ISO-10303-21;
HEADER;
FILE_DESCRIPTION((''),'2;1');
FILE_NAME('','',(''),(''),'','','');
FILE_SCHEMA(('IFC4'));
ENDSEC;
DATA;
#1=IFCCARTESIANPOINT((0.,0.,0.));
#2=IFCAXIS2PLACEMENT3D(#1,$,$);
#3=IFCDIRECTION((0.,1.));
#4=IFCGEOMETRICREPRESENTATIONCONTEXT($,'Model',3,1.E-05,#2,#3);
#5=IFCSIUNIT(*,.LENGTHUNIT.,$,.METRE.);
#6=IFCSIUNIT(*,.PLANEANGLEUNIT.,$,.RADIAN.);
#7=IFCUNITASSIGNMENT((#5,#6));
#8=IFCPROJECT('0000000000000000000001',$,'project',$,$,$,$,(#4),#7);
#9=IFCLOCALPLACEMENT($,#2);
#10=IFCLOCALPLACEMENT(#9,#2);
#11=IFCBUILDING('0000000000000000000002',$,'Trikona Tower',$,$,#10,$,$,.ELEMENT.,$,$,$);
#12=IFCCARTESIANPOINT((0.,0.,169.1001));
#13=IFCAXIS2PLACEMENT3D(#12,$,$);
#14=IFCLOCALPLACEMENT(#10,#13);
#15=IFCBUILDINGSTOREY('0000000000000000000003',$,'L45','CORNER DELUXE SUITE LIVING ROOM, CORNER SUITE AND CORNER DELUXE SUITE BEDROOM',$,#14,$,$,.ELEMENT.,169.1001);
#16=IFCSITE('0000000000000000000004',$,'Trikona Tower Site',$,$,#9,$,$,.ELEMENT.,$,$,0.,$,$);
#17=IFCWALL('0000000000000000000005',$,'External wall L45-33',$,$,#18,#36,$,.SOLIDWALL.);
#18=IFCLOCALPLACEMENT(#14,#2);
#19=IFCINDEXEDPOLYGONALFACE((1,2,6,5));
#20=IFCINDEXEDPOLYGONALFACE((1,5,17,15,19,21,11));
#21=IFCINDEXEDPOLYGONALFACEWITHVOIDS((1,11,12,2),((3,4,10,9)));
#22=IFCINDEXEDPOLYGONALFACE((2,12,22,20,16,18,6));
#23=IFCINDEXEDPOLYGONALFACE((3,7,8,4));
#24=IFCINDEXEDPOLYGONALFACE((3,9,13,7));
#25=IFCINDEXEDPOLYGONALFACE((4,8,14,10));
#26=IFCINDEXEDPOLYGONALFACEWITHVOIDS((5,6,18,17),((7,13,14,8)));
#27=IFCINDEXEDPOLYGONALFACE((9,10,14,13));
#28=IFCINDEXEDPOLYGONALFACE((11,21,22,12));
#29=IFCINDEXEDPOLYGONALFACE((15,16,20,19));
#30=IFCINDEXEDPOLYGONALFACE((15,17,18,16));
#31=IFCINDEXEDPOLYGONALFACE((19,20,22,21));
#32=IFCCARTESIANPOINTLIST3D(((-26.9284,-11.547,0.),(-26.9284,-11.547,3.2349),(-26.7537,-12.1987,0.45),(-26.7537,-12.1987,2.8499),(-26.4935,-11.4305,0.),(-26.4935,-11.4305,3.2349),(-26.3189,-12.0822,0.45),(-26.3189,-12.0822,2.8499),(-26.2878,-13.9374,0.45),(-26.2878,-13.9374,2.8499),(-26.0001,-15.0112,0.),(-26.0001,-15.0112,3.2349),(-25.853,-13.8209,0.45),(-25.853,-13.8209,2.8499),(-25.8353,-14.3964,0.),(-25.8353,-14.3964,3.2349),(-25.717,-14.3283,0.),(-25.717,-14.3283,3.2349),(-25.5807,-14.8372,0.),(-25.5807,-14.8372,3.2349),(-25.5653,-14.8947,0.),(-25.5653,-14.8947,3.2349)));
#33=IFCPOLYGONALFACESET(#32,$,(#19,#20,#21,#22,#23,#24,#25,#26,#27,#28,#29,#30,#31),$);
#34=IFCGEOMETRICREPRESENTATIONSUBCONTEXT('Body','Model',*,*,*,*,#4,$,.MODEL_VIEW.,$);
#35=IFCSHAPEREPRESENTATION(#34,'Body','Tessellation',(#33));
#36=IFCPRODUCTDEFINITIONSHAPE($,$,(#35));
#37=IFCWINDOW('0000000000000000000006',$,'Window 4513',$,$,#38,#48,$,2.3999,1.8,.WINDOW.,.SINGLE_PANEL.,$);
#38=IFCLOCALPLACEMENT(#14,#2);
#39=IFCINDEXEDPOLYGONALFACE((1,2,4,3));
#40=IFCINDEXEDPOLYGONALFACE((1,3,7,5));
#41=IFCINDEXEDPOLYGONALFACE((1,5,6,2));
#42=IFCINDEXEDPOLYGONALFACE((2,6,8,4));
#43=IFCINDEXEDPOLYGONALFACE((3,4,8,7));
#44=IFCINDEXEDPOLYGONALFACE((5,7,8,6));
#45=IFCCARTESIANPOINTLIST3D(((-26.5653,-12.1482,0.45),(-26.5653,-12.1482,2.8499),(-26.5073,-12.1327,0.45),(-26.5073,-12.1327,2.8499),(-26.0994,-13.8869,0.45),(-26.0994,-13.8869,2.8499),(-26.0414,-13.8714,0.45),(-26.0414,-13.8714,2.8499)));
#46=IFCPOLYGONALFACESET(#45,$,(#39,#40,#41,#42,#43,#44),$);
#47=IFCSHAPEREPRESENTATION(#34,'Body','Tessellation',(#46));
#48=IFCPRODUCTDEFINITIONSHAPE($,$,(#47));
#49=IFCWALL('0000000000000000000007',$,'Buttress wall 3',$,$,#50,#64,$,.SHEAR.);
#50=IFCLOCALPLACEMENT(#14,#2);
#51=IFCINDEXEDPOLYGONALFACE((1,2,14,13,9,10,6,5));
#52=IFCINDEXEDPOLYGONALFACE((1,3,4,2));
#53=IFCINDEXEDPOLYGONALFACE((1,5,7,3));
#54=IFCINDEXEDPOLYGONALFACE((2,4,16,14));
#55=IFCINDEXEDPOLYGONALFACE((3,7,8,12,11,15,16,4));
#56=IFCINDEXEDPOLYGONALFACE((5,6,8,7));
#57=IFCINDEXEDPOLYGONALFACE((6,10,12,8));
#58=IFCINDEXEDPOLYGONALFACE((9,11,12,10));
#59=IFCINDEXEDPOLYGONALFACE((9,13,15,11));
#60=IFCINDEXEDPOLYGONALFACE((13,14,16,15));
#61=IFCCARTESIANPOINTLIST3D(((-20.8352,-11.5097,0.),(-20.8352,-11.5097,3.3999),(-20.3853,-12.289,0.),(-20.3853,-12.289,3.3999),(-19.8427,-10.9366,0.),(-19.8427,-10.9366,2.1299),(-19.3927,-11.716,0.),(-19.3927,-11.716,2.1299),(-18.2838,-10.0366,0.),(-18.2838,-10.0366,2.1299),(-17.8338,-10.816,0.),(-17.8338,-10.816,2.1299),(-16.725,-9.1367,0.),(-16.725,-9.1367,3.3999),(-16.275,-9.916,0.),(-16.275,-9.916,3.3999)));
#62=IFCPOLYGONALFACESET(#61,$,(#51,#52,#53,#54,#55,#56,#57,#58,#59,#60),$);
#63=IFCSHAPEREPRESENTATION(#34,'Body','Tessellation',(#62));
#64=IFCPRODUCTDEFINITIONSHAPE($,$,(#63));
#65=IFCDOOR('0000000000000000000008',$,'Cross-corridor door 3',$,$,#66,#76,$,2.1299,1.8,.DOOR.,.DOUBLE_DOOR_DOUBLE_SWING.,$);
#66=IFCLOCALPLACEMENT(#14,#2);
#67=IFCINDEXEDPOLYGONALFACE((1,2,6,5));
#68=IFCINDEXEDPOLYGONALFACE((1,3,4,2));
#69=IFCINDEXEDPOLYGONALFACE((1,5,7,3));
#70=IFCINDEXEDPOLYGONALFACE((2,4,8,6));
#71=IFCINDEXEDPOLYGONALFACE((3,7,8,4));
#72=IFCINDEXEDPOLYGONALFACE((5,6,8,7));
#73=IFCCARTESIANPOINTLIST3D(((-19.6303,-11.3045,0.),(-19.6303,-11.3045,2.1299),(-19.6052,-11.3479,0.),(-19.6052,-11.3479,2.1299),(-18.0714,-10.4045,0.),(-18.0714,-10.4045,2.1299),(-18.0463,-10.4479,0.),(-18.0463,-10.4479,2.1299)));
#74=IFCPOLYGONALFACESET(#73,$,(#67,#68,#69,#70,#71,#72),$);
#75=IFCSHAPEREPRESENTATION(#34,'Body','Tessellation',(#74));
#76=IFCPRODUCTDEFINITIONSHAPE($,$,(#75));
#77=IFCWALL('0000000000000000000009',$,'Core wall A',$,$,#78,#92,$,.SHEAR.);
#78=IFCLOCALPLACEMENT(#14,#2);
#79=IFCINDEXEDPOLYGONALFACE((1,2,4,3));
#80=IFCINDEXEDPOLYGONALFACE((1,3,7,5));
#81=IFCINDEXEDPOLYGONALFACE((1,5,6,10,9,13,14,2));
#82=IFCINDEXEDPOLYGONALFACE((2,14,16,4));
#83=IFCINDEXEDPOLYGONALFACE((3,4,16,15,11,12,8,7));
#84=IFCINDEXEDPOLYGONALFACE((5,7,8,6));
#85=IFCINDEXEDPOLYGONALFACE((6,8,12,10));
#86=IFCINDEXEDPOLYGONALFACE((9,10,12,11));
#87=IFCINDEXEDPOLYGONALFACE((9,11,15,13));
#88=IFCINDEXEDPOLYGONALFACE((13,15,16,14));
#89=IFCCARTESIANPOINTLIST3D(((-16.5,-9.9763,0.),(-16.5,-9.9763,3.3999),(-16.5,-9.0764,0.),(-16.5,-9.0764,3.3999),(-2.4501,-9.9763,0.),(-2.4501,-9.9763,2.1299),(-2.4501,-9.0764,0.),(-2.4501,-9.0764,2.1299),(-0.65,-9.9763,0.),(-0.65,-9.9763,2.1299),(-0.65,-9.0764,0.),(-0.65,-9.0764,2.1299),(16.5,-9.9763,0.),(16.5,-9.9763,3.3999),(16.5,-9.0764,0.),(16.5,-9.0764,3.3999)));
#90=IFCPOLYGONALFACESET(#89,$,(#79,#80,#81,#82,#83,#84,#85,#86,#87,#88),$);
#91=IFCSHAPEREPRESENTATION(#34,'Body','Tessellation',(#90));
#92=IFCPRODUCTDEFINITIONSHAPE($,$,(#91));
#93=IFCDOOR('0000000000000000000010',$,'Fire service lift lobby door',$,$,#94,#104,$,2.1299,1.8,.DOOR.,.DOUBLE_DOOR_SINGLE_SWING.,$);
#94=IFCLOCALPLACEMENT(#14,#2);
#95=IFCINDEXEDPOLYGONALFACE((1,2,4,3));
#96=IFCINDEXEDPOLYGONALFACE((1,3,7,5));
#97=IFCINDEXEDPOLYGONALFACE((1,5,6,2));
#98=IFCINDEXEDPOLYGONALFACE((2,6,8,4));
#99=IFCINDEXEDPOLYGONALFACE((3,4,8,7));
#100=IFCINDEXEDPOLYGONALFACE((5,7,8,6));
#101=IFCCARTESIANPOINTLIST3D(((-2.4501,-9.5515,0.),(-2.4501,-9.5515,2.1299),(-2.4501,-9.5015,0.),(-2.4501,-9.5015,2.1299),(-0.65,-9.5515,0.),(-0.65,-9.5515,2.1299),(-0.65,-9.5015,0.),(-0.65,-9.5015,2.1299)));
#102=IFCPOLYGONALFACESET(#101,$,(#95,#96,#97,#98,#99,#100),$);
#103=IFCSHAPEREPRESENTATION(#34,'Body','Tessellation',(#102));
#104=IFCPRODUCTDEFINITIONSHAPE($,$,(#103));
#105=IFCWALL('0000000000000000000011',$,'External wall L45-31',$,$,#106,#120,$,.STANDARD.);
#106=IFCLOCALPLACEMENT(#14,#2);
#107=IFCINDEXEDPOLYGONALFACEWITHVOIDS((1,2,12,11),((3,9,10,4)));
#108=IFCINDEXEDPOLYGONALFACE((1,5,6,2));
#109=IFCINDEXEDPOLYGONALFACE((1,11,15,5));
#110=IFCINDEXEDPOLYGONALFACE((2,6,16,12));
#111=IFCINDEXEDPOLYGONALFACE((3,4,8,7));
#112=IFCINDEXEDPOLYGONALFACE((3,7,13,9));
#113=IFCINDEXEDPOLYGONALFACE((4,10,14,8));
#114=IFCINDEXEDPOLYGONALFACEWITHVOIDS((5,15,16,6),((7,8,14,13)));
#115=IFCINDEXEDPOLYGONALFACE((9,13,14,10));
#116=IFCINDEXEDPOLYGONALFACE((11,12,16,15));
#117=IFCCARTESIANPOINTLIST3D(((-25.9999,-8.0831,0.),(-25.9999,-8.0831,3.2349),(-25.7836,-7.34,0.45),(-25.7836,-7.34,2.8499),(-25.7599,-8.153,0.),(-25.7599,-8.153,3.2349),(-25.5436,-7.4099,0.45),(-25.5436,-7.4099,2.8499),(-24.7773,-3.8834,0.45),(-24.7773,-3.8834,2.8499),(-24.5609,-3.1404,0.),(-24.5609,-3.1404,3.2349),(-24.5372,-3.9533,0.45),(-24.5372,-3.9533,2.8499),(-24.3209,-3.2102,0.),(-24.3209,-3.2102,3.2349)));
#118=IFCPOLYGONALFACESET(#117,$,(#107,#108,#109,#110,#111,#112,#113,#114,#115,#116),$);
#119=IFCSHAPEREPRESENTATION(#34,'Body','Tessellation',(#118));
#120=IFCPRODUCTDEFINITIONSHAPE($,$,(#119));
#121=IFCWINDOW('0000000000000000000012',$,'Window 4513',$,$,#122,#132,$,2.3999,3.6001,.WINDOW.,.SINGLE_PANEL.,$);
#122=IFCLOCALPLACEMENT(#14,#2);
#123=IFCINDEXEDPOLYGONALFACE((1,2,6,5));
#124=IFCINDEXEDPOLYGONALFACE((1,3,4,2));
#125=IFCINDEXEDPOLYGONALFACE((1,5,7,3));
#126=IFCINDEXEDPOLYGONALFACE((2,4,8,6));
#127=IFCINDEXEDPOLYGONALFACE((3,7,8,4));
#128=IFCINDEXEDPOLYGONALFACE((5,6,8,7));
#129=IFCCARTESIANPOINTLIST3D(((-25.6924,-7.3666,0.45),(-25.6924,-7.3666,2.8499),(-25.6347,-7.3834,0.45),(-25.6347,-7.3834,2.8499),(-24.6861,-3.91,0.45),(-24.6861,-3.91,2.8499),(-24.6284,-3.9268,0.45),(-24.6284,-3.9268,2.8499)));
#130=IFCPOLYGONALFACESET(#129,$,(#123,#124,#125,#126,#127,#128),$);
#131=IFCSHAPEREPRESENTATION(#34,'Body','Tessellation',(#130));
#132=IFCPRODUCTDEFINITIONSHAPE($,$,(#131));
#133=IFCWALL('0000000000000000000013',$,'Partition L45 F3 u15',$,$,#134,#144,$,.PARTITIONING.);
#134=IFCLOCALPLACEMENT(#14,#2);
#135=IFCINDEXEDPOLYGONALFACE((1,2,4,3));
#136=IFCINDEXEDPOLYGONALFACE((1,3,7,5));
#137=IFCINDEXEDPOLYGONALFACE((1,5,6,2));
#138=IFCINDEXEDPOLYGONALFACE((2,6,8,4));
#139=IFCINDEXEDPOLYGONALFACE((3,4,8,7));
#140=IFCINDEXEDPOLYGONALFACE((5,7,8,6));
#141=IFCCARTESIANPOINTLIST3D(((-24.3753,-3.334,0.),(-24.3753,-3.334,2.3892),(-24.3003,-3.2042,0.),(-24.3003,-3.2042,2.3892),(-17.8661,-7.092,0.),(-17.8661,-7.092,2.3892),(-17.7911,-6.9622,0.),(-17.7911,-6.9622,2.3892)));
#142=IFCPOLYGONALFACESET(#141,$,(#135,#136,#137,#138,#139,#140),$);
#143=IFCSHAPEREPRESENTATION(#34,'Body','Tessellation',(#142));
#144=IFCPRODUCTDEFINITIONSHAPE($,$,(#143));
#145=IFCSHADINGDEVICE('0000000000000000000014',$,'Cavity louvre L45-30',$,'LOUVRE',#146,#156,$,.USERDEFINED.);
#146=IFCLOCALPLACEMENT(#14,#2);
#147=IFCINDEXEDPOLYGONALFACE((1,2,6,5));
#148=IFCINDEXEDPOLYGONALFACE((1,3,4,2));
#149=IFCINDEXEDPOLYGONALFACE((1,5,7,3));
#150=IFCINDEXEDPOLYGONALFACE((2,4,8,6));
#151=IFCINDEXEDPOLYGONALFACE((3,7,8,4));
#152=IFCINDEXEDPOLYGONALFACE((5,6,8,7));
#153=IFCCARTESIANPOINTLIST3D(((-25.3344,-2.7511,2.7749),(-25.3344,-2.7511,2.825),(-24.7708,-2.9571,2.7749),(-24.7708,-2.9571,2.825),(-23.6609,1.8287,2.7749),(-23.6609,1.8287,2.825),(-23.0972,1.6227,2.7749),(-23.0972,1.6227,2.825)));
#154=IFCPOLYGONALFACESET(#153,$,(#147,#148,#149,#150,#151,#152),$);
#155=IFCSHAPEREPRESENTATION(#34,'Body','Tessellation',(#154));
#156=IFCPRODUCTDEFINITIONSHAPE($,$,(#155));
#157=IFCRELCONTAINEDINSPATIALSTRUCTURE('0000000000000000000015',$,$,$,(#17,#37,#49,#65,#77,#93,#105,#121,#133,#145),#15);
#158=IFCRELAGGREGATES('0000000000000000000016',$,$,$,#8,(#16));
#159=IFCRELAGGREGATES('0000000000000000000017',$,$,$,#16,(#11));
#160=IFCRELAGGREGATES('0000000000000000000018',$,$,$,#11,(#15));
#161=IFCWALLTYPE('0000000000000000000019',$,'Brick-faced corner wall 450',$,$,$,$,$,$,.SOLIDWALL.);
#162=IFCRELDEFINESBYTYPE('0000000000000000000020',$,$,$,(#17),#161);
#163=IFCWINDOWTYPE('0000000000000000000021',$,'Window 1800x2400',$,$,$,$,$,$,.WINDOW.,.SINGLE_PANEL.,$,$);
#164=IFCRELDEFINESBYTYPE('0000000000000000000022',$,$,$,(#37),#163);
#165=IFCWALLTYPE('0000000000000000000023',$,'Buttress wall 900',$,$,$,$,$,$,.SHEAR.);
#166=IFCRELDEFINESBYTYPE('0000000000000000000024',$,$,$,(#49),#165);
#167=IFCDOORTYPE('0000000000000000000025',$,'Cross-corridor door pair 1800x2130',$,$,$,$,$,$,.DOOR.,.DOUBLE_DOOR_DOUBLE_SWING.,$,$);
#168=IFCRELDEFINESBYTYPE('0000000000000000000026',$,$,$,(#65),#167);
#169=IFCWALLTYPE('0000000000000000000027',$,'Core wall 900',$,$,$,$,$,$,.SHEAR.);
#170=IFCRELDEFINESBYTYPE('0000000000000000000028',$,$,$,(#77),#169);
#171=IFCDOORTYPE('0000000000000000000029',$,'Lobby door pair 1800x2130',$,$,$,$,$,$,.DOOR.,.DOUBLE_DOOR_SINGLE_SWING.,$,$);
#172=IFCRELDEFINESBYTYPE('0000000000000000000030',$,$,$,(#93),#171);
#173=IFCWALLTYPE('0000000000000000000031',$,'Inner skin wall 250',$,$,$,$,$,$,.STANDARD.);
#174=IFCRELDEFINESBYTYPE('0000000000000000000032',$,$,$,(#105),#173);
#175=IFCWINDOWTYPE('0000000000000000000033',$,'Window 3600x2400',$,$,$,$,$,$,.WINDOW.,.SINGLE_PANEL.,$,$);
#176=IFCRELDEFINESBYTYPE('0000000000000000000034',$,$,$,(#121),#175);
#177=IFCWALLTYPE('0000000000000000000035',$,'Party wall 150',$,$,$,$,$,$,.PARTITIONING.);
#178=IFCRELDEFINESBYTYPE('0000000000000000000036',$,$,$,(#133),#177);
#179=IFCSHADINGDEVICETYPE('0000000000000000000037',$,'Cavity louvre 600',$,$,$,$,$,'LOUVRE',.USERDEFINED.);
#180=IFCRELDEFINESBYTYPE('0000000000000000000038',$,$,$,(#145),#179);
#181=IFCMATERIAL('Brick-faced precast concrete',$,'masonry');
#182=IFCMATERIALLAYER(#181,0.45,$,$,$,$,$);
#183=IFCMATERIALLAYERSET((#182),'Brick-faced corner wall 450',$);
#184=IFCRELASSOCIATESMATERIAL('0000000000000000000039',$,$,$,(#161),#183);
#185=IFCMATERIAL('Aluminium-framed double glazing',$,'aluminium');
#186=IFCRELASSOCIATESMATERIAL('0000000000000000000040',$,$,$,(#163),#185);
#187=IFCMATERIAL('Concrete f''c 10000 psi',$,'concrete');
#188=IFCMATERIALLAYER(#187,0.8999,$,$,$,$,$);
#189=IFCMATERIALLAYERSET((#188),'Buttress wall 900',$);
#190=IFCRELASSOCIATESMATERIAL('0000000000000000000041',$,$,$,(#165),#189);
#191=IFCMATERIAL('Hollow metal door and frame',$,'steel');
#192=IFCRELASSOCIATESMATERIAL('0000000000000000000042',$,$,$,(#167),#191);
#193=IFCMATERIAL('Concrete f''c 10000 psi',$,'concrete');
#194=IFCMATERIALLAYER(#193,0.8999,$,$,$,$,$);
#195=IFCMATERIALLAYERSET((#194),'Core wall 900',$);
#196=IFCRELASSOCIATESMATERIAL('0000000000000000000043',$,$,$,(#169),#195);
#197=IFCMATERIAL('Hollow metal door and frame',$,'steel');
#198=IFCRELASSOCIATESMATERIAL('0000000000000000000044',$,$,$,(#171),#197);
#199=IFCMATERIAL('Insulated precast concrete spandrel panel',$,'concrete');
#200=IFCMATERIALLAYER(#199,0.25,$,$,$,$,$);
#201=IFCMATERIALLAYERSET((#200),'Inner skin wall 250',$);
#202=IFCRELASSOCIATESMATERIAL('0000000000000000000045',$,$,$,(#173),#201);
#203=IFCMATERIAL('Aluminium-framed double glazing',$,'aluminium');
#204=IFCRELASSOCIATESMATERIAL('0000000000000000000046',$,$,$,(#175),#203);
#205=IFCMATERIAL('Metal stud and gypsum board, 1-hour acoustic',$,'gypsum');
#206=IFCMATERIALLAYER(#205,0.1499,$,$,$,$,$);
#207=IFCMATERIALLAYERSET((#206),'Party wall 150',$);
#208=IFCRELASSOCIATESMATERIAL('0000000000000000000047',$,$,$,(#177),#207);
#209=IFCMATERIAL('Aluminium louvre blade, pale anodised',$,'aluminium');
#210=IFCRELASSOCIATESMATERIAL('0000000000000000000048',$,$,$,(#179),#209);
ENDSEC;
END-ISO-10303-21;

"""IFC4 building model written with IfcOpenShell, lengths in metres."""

from ifc_helpers import new_model, si_unit, direction, frame, frame_2d, origin, origin_2d, place, context, subcontext, project, spatial, polyline, rectangle, outline, extrude, material, layer, layer_set, type_object, element, fill, save


model = new_model("IFC4")

# Units and contexts
model_context = context("Model", 3, precision=1e-05, world=origin(), true_north=direction((0.0, 1.0)))
body_context = subcontext(model_context, "Body", "Model", "MODEL_VIEW")
ifc_project = project(units=[si_unit("LENGTHUNIT", "METRE"), si_unit("PLANEANGLEUNIT", "RADIAN")], contexts=[model_context])

# Site, building, storey
site_placement = place(None, origin())
site = spatial("IfcSite", under=ifc_project, at=site_placement, Name="Trikona Tower Site", CompositionType="ELEMENT", RefElevation=0.0)
building_placement = place(site_placement, origin())
building = spatial("IfcBuilding", under=site, at=building_placement, Name="Trikona Tower", CompositionType="ELEMENT")
storey_placement = place(building_placement, frame((0.0, 0.0, 169.1001)))
storey = spatial("IfcBuildingStorey", under=building, at=storey_placement, Name="L45", Description="CORNER DELUXE SUITE LIVING ROOM, CORNER SUITE AND CORNER DELUXE SUITE BEDROOM", CompositionType="ELEMENT", Elevation=169.1001)

# Wall, opening, window
ifc_material_1 = material(Name="Brick-faced precast concrete", Category="masonry")
ifc_layer_1 = layer(ifc_material_1, 0.45)
ifc_layer_set_1 = layer_set([ifc_layer_1], Name="Brick-faced corner wall 450")
wall_type_1 = type_object("IfcWallType", Name="Brick-faced corner wall 450", PredefinedType="SOLIDWALL", material=ifc_layer_set_1)
wall_1_placement = place(storey_placement, frame((-26.7109, -11.4888, 0.0), z_axis=(0.0, 0.0, 1.0), x_axis=(0.258823, -0.965925, 0.0)))
wall_1 = element("IfcWall", 1, at=wall_1_placement, inside=storey, type_object=wall_type_1, Name="External wall L45-33", PredefinedType="SOLIDWALL", context=body_context, shape_type="SweptSolid", body=[
    extrude(outline(polyline([(3.5864, 0.2251), (3.5269, 0.2251), (3.0352, 0.0933), (3.0, 0.2251), (0.0, 0.2251), (0.0, -0.2251), (3.5864, -0.2251), (3.5864, 0.2251)])), origin(), (0.0, 0.0, 1.0), 3.2349),
])
opening_1_placement = place(wall_1_placement, frame((0.6748, 0.0, 0.45)))
opening_1 = element("IfcOpeningElement", 2, at=opening_1_placement, cuts=wall_1, PredefinedType="OPENING", context=body_context, shape_type="SweptSolid", body=[
    extrude(rectangle(XDim=1.8, YDim=2.3999, at=frame_2d((0.8999, 1.2))), frame((0.0, 0.2349, 0.0), z_axis=(0.0, -1.0, 0.0), x_axis=(1.0, 0.0, 0.0)), (0.0, 0.0, 1.0), 0.47),
])
ifc_material_2 = material(Name="Aluminium-framed double glazing", Category="aluminium")
window_type_1 = type_object("IfcWindowType", Name="Window 1800x2400", PartitioningType="SINGLE_PANEL", PredefinedType="WINDOW", material=ifc_material_2)
window_1_placement = place(opening_1_placement, origin())
window_1 = element("IfcWindow", 3, at=window_1_placement, inside=storey, type_object=window_type_1, Name="Window 4513", OverallHeight=2.3999, OverallWidth=1.8, PartitioningType="SINGLE_PANEL", PredefinedType="WINDOW", context=body_context, shape_type="SweptSolid", body=[
    extrude(rectangle(XDim=1.8, YDim=2.3999, at=frame_2d((0.8999, 1.2))), frame((0.0, 0.03, 0.0), z_axis=(0.0, -1.0, 0.0), x_axis=(1.0, 0.0, 0.0)), (0.0, 0.0, 1.0), 0.0601),
])
fill(opening_1, window_1)

# Walls, openings, doors
ifc_material_3 = material(Name="Concrete f'c 10000 psi", Category="concrete")
ifc_layer_2 = layer(ifc_material_3, 0.8999)
ifc_layer_set_2 = layer_set([ifc_layer_2], Name="Buttress wall 900")
wall_type_2 = type_object("IfcWallType", Name="Buttress wall 900", PredefinedType="SHEAR", material=ifc_layer_set_2)
wall_2_placement = place(storey_placement, frame((-16.5, -9.5264, 0.0), z_axis=(0.0, 0.0, 1.0), x_axis=(-0.866031, -0.49999, 0.0)))
wall_2 = element("IfcWall", 4, at=wall_2_placement, inside=storey, type_object=wall_type_2, Name="Buttress wall 3", PredefinedType="SHEAR", context=body_context, shape_type="SweptSolid", body=[
    extrude(rectangle(XDim=4.7461, YDim=0.8999, at=frame_2d((2.373, 0.0))), origin(), (0.0, 0.0, 1.0), 3.3999),
])
opening_2_placement = place(wall_2_placement, frame((1.8, 0.0, 0.0)))
opening_2 = element("IfcOpeningElement", 5, at=opening_2_placement, cuts=wall_2, PredefinedType="OPENING", context=body_context, shape_type="SweptSolid", body=[
    extrude(rectangle(XDim=1.8, YDim=2.1299, at=frame_2d((0.8999, 1.0649))), frame((0.0, 0.46, 0.0), z_axis=(0.0, -1.0, 0.0), x_axis=(1.0, 0.0, 0.0)), (0.0, 0.0, 1.0), 0.9199),
])
ifc_material_4 = material(Name="Hollow metal door and frame", Category="steel")
door_type_1 = type_object("IfcDoorType", Name="Cross-corridor door pair 1800x2130", OperationType="DOUBLE_DOOR_DOUBLE_SWING", PredefinedType="DOOR", material=ifc_material_4)
door_1_placement = place(opening_2_placement, origin())
door_1 = element("IfcDoor", 6, at=door_1_placement, inside=storey, type_object=door_type_1, Name="Cross-corridor door 3", OperationType="DOUBLE_DOOR_DOUBLE_SWING", OverallHeight=2.1299, OverallWidth=1.8, PredefinedType="DOOR", context=body_context, shape_type="SweptSolid", body=[
    extrude(rectangle(XDim=1.8, YDim=2.1299, at=frame_2d((0.8999, 1.0649))), frame((0.0, 0.0249, 0.0), z_axis=(0.0, -1.0, 0.0), x_axis=(1.0, 0.0, 0.0)), (0.0, 0.0, 1.0), 0.05),
])
fill(opening_2, door_1)
ifc_material_5 = material(Name="Concrete f'c 10000 psi", Category="concrete")
ifc_layer_3 = layer(ifc_material_5, 0.8999)
ifc_layer_set_3 = layer_set([ifc_layer_3], Name="Core wall 900")
wall_type_3 = type_object("IfcWallType", Name="Core wall 900", PredefinedType="SHEAR", material=ifc_layer_set_3)
wall_3_placement = place(storey_placement, frame((-16.5, -9.5264, 0.0), z_axis=(0.0, 0.0, 1.0), x_axis=(1.0, 0.0, 0.0)))
wall_3 = element("IfcWall", 7, at=wall_3_placement, inside=storey, type_object=wall_type_3, Name="Core wall A", PredefinedType="SHEAR", context=body_context, shape_type="SweptSolid", body=[
    extrude(rectangle(XDim=33.0, YDim=0.8999, at=frame_2d((16.5, 0.0))), origin(), (0.0, 0.0, 1.0), 3.3999),
])
opening_3_placement = place(wall_3_placement, frame((14.05, 0.0, 0.0)))
opening_3 = element("IfcOpeningElement", 8, at=opening_3_placement, cuts=wall_3, PredefinedType="OPENING", context=body_context, shape_type="SweptSolid", body=[
    extrude(rectangle(XDim=1.8, YDim=2.1299, at=frame_2d((0.8999, 1.0649))), frame((0.0, 0.46, 0.0), z_axis=(0.0, -1.0, 0.0), x_axis=(1.0, 0.0, 0.0)), (0.0, 0.0, 1.0), 0.9199),
])
ifc_material_6 = material(Name="Hollow metal door and frame", Category="steel")
door_type_2 = type_object("IfcDoorType", Name="Lobby door pair 1800x2130", OperationType="DOUBLE_DOOR_SINGLE_SWING", PredefinedType="DOOR", material=ifc_material_6)
door_2_placement = place(opening_3_placement, origin())
door_2 = element("IfcDoor", 9, at=door_2_placement, inside=storey, type_object=door_type_2, Name="Fire service lift lobby door", OperationType="DOUBLE_DOOR_SINGLE_SWING", OverallHeight=2.1299, OverallWidth=1.8, PredefinedType="DOOR", context=body_context, shape_type="SweptSolid", body=[
    extrude(rectangle(XDim=1.8, YDim=2.1299, at=frame_2d((0.8999, 1.0649))), frame((0.0, 0.0249, 0.0), z_axis=(0.0, -1.0, 0.0), x_axis=(1.0, 0.0, 0.0)), (0.0, 0.0, 1.0), 0.05),
])
fill(opening_3, door_2)

# Wall, opening, window
ifc_material_7 = material(Name="Insulated precast concrete spandrel panel", Category="concrete")
ifc_layer_4 = layer(ifc_material_7, 0.25)
ifc_layer_set_4 = layer_set([ifc_layer_4], Name="Inner skin wall 250")
wall_type_4 = type_object("IfcWallType", Name="Inner skin wall 250", PredefinedType="STANDARD", material=ifc_layer_set_4)
wall_4_placement = place(storey_placement, frame((-24.4409, -3.1753, 0.0), z_axis=(0.0, 0.0, 1.0), x_axis=(-0.279528, -0.960137, 0.0)))
wall_4 = element("IfcWall", 10, at=wall_4_placement, inside=storey, type_object=wall_type_4, Name="External wall L45-31", PredefinedType="STANDARD", context=body_context, shape_type="SweptSolid", body=[
    extrude(rectangle(XDim=5.1479, YDim=0.25, at=frame_2d((2.574, 0.0))), origin(), (0.0, 0.0, 1.0), 3.2349),
])
opening_4_placement = place(wall_4_placement, frame((0.7739, 0.0, 0.45)))
opening_4 = element("IfcOpeningElement", 11, at=opening_4_placement, cuts=wall_4, PredefinedType="OPENING", context=body_context, shape_type="SweptSolid", body=[
    extrude(rectangle(XDim=3.6001, YDim=2.3999, at=frame_2d((1.8, 1.2))), frame((0.0, 0.135, 0.0), z_axis=(0.0, -1.0, 0.0), x_axis=(1.0, 0.0, 0.0)), (0.0, 0.0, 1.0), 0.27),
])
ifc_material_8 = material(Name="Aluminium-framed double glazing", Category="aluminium")
window_type_2 = type_object("IfcWindowType", Name="Window 3600x2400", PartitioningType="SINGLE_PANEL", PredefinedType="WINDOW", material=ifc_material_8)
window_2_placement = place(opening_4_placement, origin())
window_2 = element("IfcWindow", 12, at=window_2_placement, inside=storey, type_object=window_type_2, Name="Window 4513", OverallHeight=2.3999, OverallWidth=3.6001, PartitioningType="SINGLE_PANEL", PredefinedType="WINDOW", context=body_context, shape_type="SweptSolid", body=[
    extrude(rectangle(XDim=3.6001, YDim=2.3999, at=frame_2d((1.8, 1.2))), frame((0.0, 0.03, 0.0), z_axis=(0.0, -1.0, 0.0), x_axis=(1.0, 0.0, 0.0)), (0.0, 0.0, 1.0), 0.0601),
])
fill(opening_4, window_2)

# Wall
ifc_material_9 = material(Name="Metal stud and gypsum board, 1-hour acoustic", Category="gypsum")
ifc_layer_5 = layer(ifc_material_9, 0.1499)
ifc_layer_set_5 = layer_set([ifc_layer_5], Name="Party wall 150")
wall_type_5 = type_object("IfcWallType", Name="Party wall 150", PredefinedType="PARTITIONING", material=ifc_layer_set_5)
wall_5_placement = place(storey_placement, frame((-17.8286, -7.0271, 0.0), z_axis=(0.0, 0.0, 1.0), x_axis=(-0.86603, 0.499992, 0.0)))
element("IfcWall", 13, at=wall_5_placement, inside=storey, type_object=wall_type_5, Name="Partition L45 F3 u15", PredefinedType="PARTITIONING", context=body_context, shape_type="SweptSolid", body=[
    extrude(rectangle(XDim=7.5161, YDim=0.1499, at=frame_2d((3.7581, 0.0))), origin(), (0.0, 0.0, 1.0), 2.3892),
])

# Shading device
ifc_material_10 = material(Name="Aluminium louvre blade, pale anodised", Category="aluminium")
shading_device_type = type_object("IfcShadingDeviceType", Name="Cavity louvre 600", ElementType="LOUVRE", PredefinedType="USERDEFINED", material=ifc_material_10)
shading_device_1_placement = place(storey_placement, frame((-24.2158, -0.5642, 2.7749), z_axis=(0.0, 0.0, 1.0), x_axis=(-0.34322, -0.939255, 0.0)))
element("IfcShadingDevice", 14, at=shading_device_1_placement, inside=storey, type_object=shading_device_type, Name="Cavity louvre L45-30", ObjectType="LOUVRE", PredefinedType="USERDEFINED", context=body_context, shape_type="SweptSolid", body=[
    extrude(rectangle(XDim=4.876, YDim=0.6001, at=origin_2d()), origin(), (0.0, 0.0, 1.0), 0.05),
])

save(model, "model.ifc")
